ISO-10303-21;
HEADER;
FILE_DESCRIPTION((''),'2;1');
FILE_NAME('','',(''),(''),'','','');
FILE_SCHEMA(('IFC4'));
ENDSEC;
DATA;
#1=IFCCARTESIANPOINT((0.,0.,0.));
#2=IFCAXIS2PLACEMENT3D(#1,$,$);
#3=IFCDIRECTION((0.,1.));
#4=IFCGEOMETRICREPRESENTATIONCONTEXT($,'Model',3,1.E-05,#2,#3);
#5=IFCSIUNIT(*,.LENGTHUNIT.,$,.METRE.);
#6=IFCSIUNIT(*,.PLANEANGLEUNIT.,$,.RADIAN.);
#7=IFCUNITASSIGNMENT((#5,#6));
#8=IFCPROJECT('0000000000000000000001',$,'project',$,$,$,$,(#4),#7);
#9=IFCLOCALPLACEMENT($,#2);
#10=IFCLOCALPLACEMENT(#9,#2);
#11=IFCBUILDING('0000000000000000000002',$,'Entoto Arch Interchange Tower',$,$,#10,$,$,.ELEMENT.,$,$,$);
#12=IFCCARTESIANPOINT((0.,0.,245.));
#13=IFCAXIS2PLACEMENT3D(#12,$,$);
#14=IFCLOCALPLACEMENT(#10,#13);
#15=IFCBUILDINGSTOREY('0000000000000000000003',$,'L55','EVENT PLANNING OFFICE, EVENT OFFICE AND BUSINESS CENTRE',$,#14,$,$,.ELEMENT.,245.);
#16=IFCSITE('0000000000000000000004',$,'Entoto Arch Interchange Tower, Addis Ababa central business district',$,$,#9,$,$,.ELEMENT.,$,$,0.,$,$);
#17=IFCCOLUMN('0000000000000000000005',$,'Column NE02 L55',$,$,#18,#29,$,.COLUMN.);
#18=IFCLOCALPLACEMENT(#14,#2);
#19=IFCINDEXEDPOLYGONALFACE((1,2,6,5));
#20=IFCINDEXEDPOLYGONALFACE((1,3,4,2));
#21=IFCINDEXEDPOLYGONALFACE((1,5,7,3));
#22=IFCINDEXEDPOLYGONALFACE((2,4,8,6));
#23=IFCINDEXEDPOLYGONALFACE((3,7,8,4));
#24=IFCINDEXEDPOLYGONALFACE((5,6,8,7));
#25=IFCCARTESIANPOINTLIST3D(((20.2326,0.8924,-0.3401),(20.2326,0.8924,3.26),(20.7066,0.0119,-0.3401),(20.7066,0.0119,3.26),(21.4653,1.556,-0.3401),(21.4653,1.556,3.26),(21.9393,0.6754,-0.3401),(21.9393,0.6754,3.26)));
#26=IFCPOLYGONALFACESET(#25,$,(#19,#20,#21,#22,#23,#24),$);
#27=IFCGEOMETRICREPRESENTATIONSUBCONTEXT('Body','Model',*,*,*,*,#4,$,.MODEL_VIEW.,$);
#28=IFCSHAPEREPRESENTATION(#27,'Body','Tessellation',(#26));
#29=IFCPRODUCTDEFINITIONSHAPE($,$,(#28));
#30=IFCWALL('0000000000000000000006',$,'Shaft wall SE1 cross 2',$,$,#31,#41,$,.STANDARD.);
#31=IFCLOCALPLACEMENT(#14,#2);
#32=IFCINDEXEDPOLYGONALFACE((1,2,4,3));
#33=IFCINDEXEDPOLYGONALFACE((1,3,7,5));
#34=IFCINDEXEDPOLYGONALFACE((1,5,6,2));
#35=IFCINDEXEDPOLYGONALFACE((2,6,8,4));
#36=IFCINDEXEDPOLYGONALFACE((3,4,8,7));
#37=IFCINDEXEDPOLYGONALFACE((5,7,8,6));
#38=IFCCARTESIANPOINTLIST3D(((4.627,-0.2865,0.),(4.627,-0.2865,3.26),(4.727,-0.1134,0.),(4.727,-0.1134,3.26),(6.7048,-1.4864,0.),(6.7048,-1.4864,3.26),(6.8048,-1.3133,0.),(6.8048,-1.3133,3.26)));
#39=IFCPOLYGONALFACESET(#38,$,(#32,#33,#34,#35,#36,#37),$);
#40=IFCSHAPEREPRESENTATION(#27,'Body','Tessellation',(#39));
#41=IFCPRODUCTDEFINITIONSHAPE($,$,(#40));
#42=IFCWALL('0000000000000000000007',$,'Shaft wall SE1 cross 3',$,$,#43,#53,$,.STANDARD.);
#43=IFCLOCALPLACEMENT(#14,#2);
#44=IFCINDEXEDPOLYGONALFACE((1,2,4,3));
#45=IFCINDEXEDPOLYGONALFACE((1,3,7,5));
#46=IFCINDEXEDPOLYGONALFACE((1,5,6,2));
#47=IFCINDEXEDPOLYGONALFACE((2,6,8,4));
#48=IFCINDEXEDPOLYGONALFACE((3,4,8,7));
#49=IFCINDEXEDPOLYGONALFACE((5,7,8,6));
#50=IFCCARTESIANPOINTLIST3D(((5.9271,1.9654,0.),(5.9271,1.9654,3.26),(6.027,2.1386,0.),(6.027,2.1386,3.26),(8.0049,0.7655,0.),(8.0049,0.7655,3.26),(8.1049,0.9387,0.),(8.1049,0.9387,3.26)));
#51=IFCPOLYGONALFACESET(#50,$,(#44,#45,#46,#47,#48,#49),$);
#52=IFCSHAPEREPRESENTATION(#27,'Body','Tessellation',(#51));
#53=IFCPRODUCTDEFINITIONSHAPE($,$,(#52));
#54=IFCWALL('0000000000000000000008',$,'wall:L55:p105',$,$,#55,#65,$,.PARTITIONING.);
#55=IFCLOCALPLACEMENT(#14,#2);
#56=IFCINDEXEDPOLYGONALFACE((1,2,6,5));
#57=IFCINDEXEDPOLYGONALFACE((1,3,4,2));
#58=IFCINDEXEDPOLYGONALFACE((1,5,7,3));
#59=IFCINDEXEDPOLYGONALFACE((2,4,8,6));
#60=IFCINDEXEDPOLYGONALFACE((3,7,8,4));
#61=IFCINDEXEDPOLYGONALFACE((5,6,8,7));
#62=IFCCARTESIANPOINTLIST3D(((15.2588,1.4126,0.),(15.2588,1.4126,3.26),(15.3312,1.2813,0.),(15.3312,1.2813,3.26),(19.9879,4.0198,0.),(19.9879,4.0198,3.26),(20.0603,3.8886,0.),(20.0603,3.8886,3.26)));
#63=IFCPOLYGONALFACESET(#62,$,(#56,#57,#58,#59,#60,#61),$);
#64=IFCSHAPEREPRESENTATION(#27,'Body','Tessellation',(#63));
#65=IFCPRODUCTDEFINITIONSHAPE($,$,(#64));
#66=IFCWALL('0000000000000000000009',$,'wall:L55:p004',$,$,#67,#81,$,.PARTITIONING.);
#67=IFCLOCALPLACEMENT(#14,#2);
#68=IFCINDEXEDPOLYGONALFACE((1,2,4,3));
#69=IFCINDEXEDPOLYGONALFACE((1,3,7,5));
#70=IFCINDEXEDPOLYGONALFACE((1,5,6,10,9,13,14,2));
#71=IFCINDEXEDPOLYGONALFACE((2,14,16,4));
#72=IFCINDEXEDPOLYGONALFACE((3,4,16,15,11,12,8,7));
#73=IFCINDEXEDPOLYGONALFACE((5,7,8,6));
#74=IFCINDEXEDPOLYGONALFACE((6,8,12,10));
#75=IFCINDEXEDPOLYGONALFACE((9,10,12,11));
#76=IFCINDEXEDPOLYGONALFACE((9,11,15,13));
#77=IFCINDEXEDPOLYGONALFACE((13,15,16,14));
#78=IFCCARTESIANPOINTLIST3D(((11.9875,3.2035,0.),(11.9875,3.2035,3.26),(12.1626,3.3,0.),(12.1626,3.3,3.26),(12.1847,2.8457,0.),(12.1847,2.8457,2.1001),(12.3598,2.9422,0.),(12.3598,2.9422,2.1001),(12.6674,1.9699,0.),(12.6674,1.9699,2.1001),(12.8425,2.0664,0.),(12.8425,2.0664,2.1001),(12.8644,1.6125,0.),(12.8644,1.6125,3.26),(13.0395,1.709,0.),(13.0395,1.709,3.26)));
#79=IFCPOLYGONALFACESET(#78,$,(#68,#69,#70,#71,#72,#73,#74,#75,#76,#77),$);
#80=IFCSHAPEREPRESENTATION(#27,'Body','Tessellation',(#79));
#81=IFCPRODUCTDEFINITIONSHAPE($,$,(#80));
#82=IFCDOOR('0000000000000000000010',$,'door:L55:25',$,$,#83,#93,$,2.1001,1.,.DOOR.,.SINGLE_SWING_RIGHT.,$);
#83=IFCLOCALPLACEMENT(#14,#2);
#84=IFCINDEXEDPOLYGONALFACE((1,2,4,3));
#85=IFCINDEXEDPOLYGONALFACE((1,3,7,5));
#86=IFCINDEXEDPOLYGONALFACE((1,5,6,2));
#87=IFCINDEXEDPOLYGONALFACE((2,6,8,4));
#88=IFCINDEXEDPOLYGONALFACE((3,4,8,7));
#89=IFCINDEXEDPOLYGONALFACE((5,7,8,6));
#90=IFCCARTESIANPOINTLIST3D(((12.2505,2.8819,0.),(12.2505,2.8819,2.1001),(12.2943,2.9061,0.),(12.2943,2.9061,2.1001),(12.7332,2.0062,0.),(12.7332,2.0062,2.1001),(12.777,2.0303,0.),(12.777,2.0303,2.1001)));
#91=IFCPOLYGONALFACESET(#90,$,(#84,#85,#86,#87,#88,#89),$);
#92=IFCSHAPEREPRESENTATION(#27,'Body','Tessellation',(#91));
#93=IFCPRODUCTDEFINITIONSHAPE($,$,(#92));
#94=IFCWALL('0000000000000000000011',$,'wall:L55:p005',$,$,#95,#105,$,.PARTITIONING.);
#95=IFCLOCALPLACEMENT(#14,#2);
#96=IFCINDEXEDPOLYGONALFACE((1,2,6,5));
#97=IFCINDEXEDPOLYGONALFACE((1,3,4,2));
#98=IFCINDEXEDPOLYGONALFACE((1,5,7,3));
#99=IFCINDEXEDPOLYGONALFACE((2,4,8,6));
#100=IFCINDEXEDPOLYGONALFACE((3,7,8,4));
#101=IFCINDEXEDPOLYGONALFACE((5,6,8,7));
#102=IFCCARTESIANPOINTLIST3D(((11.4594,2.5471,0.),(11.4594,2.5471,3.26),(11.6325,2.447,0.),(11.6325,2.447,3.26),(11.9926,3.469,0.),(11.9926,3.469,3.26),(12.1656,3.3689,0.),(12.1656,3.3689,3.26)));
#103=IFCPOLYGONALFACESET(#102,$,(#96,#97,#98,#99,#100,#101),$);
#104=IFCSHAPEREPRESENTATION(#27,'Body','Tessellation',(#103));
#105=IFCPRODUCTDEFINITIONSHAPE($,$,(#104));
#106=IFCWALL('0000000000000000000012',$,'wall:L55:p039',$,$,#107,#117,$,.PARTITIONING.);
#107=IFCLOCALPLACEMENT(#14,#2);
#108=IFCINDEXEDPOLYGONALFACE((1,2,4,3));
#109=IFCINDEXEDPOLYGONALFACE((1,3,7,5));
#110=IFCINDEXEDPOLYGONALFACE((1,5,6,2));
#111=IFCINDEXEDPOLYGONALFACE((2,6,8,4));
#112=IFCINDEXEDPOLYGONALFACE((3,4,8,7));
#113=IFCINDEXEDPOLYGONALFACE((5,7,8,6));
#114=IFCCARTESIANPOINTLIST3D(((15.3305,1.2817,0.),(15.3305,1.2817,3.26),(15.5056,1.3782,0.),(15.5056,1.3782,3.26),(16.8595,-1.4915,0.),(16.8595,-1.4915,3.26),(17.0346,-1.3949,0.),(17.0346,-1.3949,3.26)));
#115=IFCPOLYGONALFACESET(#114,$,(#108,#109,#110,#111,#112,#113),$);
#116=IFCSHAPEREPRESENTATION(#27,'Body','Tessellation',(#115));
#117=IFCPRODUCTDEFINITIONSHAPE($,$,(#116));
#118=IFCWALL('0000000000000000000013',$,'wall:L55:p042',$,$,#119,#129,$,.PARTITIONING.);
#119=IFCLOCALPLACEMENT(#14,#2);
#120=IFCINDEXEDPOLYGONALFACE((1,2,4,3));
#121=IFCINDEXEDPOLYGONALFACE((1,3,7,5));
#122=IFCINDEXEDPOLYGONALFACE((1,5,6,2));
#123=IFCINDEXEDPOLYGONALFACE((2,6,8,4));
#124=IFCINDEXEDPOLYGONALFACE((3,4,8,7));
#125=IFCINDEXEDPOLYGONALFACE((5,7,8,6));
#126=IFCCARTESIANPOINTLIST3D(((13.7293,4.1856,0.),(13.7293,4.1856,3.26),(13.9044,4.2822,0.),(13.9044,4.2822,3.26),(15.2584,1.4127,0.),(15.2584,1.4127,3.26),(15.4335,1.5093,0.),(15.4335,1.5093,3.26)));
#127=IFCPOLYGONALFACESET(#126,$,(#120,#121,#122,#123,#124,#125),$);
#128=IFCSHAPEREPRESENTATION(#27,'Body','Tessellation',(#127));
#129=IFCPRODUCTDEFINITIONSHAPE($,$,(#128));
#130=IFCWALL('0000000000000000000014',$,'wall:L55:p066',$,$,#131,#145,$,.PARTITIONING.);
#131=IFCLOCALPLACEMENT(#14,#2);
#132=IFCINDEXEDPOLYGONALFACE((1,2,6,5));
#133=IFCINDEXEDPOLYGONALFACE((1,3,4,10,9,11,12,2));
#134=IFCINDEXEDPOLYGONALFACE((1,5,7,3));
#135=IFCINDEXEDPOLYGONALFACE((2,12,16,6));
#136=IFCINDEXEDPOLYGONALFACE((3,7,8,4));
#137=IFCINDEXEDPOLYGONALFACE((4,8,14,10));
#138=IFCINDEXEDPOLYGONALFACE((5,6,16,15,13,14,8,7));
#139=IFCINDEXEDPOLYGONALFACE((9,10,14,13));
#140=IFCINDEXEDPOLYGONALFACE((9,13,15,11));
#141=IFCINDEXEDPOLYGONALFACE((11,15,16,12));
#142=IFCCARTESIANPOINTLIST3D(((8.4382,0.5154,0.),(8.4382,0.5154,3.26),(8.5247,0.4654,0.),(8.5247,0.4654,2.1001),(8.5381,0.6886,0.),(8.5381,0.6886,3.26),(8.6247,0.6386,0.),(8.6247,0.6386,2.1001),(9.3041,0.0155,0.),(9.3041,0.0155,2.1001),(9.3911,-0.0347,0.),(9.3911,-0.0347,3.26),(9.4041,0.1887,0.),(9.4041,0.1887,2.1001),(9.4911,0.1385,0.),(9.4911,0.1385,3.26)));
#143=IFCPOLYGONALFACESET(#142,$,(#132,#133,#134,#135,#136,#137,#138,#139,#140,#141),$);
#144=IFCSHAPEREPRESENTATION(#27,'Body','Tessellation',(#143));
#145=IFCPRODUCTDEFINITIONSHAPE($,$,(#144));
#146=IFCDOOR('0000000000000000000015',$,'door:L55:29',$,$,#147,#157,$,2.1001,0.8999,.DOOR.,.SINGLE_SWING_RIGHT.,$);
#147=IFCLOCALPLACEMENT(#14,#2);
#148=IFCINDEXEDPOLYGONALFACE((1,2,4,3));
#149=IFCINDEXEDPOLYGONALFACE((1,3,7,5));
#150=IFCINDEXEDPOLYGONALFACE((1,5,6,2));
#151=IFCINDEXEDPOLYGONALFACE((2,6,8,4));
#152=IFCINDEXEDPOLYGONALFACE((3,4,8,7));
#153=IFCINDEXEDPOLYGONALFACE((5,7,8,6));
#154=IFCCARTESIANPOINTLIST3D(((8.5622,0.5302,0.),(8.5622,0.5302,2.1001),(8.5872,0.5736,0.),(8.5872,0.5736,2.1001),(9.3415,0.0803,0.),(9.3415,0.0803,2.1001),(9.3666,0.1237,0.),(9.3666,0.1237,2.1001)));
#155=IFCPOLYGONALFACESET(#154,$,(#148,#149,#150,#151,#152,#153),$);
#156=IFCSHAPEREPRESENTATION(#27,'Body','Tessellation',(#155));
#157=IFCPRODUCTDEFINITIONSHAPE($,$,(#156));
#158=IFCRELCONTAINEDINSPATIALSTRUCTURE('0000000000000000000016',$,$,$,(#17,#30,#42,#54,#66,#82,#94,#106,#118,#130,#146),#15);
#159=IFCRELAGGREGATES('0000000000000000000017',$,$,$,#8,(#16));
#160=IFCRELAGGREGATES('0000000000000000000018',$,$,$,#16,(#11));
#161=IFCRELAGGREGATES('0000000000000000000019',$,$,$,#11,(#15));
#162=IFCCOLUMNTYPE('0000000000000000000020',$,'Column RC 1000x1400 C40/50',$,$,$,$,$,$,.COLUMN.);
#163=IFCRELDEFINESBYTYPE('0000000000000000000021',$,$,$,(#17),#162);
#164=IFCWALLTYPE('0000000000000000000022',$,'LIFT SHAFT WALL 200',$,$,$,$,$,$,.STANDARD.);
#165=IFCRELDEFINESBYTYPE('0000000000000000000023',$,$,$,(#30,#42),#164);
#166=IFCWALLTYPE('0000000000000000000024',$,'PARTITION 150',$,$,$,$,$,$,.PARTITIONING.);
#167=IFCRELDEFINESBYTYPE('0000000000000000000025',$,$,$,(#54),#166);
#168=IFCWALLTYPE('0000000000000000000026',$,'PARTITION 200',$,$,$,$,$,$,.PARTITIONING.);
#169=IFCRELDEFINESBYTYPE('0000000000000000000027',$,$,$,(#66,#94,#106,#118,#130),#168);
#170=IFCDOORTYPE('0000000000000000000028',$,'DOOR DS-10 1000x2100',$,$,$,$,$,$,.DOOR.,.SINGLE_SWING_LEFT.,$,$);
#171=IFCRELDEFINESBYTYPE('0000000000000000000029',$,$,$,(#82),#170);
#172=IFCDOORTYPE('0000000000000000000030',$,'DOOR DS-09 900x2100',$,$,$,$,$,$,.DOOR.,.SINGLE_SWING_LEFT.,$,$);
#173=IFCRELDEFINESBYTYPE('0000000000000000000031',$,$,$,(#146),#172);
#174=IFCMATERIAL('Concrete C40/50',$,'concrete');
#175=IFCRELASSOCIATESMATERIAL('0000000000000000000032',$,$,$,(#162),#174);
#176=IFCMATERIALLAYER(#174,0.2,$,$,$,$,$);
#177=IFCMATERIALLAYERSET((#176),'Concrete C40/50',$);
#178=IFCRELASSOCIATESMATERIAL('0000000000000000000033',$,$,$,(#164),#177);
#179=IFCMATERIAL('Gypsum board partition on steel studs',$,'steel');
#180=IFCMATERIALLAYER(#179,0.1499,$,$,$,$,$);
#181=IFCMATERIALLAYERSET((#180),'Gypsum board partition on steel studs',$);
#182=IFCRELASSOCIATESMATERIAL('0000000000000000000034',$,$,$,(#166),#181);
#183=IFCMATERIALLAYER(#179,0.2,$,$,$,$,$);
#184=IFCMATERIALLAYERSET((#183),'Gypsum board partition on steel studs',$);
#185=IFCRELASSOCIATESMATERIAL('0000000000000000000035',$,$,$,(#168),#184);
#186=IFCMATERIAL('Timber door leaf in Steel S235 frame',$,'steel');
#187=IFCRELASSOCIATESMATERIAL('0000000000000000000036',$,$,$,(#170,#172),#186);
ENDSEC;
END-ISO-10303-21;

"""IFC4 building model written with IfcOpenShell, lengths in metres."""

from ifc_helpers import new_model, si_unit, direction, frame, frame_2d, origin, origin_2d, place, context, subcontext, project, spatial, rectangle, extrude, material, layer, layer_set, material_profile, profile_set, type_object, element, fill, save


model = new_model("IFC4")

# Units and contexts
model_context = context("Model", 3, precision=1e-05, world=origin(), true_north=direction((0.0, 1.0)))
body_context = subcontext(model_context, "Body", "Model", "MODEL_VIEW")
ifc_project = project(units=[si_unit("LENGTHUNIT", "METRE"), si_unit("PLANEANGLEUNIT", "RADIAN")], contexts=[model_context])

# Site, building, storey
site_placement = place(None, origin())
site = spatial("IfcSite", under=ifc_project, at=site_placement, Name="Entoto Arch Interchange Tower, Addis Ababa central business district", CompositionType="ELEMENT", RefElevation=0.0)
building_placement = place(site_placement, origin())
building = spatial("IfcBuilding", under=site, at=building_placement, Name="Entoto Arch Interchange Tower", CompositionType="ELEMENT")
storey_placement = place(building_placement, frame((0.0, 0.0, 245.0)))
storey = spatial("IfcBuildingStorey", under=building, at=storey_placement, Name="L55", Description="EVENT PLANNING OFFICE, EVENT OFFICE AND BUSINESS CENTRE", CompositionType="ELEMENT", Elevation=245.0)

# Column
ifc_material_1 = material(Name="Concrete C40/50", Category="concrete")
ifc_material_profile = material_profile(ifc_material_1, rectangle(XDim=1.0, YDim=1.3999, at=origin_2d()))
ifc_profile_set = profile_set([ifc_material_profile], Name="Concrete C40/50")
column_type = type_object("IfcColumnType", Name="Column RC 1000x1400 C40/50", PredefinedType="COLUMN", material=ifc_profile_set)
column_placement = place(storey_placement, frame((21.0859, 0.7839, -0.3401), z_axis=(0.0, 0.0, 1.0), x_axis=(-0.473981, 0.880535, 0.0)))
element("IfcColumn", 1, at=column_placement, inside=storey, type_object=column_type, Name="Column NE02 L55", PredefinedType="COLUMN", context=body_context, shape_type="SweptSolid", body=[
    extrude(rectangle(XDim=1.0, YDim=1.3999, at=origin_2d()), origin(), (0.0, 0.0, 1.0), 3.6001),
])

# Walls
ifc_layer_1 = layer(ifc_material_1, 0.2)
ifc_layer_set_1 = layer_set([ifc_layer_1], Name="Concrete C40/50")
wall_type_1 = type_object("IfcWallType", Name="LIFT SHAFT WALL 200", PredefinedType="STANDARD", material=ifc_layer_set_1)
for number, where, z_axis, x_axis, name in (
    (2, (4.677, -0.2, 0.0), (0.0, 0.0, 1.0), (0.865974, -0.500089, 0.0), "Shaft wall SE1 cross 2"),
    (3, (5.9771, 2.052, 0.0), (0.0, 0.0, 1.0), (0.865974, -0.500089, 0.0), "Shaft wall SE1 cross 3"),
):
    element("IfcWall", number, at=place(storey_placement, frame(where, z_axis=z_axis, x_axis=x_axis)), inside=storey, type_object=wall_type_1, Name=name, PredefinedType="STANDARD", context=body_context, shape_type="SweptSolid", body=[
        extrude(rectangle(XDim=2.3994, YDim=0.2, at=frame_2d((1.1997, 0.0))), origin(), (0.0, 0.0, 1.0), 3.26),
    ])
ifc_material_2 = material(Name="Gypsum board partition on steel studs", Category="steel")
ifc_layer_2 = layer(ifc_material_2, 0.1499)
ifc_layer_set_2 = layer_set([ifc_layer_2], Name="Gypsum board partition on steel studs")
wall_type_2 = type_object("IfcWallType", Name="PARTITION 150", PredefinedType="PARTITIONING", material=ifc_layer_set_2)
wall_1_placement = place(storey_placement, frame((15.2949, 1.3469, 0.0), z_axis=(0.0, 0.0, 1.0), x_axis=(0.875729, 0.482804, 0.0)))
element("IfcWall", 4, at=wall_1_placement, inside=storey, type_object=wall_type_2, Name="wall:L55:p105", PredefinedType="PARTITIONING", context=body_context, shape_type="SweptSolid", body=[
    extrude(rectangle(XDim=5.4001, YDim=0.1499, at=frame_2d((2.7002, 0.0))), origin(), (0.0, 0.0, 1.0), 3.26),
])

# Wall, opening, door
ifc_layer_3 = layer(ifc_material_2, 0.2)
ifc_layer_set_3 = layer_set([ifc_layer_3], Name="Gypsum board partition on steel studs")
wall_type_3 = type_object("IfcWallType", Name="PARTITION 200", PredefinedType="PARTITIONING", material=ifc_layer_set_3)
wall_2_placement = place(storey_placement, frame((12.9519, 1.6609, 0.0), z_axis=(0.0, 0.0, 1.0), x_axis=(-0.482708, 0.875781, 0.0)))
wall_2 = element("IfcWall", 5, at=wall_2_placement, inside=storey, type_object=wall_type_3, Name="wall:L55:p004", PredefinedType="PARTITIONING", context=body_context, shape_type="SweptSolid", body=[
    extrude(rectangle(XDim=1.8167, YDim=0.2, at=frame_2d((0.9082, 0.0))), origin(), (0.0, 0.0, 1.0), 3.26),
])
opening_1_placement = place(wall_2_placement, frame((0.408, 0.0, 0.0)))
opening_1 = element("IfcOpeningElement", 6, at=opening_1_placement, cuts=wall_2, PredefinedType="OPENING", context=body_context, shape_type="SweptSolid", body=[
    extrude(rectangle(XDim=1.0, YDim=2.1001, at=frame_2d((0.5, 1.05))), frame((0.0, 0.1099, 0.0), z_axis=(0.0, -1.0, 0.0), x_axis=(1.0, 0.0, 0.0)), (0.0, 0.0, 1.0), 0.22),
])
ifc_material_3 = material(Name="Timber door leaf in Steel S235 frame", Category="steel")
door_type_1 = type_object("IfcDoorType", Name="DOOR DS-10 1000x2100", OperationType="SINGLE_SWING_LEFT", PredefinedType="DOOR", material=ifc_material_3)
door_1_placement = place(opening_1_placement, origin())
door_1 = element("IfcDoor", 7, at=door_1_placement, inside=storey, type_object=door_type_1, Name="door:L55:25", OperationType="SINGLE_SWING_RIGHT", OverallHeight=2.1001, OverallWidth=1.0, PredefinedType="DOOR", context=body_context, shape_type="SweptSolid", body=[
    extrude(rectangle(XDim=1.0, YDim=2.1001, at=frame_2d((0.5, 1.05))), frame((0.0, 0.0249, 0.0), z_axis=(0.0, -1.0, 0.0), x_axis=(1.0, 0.0, 0.0)), (0.0, 0.0, 1.0), 0.05),
])
fill(opening_1, door_1)

# Walls
wall_3_placement = place(storey_placement, frame((12.0791, 3.4189, 0.0), z_axis=(0.0, 0.0, 1.0), x_axis=(-0.500675, -0.865635, 0.0)))
element("IfcWall", 8, at=wall_3_placement, inside=storey, type_object=wall_type_3, Name="wall:L55:p005", PredefinedType="PARTITIONING", context=body_context, shape_type="SweptSolid", body=[
    extrude(rectangle(XDim=1.0649, YDim=0.2, at=frame_2d((0.5325, 0.0))), origin(), (0.0, 0.0, 1.0), 3.26),
])
wall_4_placement = place(storey_placement, frame((15.418, 1.3301, 0.0), z_axis=(0.0, 0.0, 1.0), x_axis=(0.482839, -0.875709, 0.0)))
element("IfcWall", 9, at=wall_4_placement, inside=storey, type_object=wall_type_3, Name="wall:L55:p039", PredefinedType="PARTITIONING", context=body_context, shape_type="SweptSolid", body=[
    extrude(rectangle(XDim=3.1667, YDim=0.2, at=frame_2d((1.5835, 0.0))), origin(), (0.0, 0.0, 1.0), 3.26),
])
wall_5_placement = place(storey_placement, frame((13.8169, 4.2339, 0.0), z_axis=(0.0, 0.0, 1.0), x_axis=(0.482871, -0.875691, 0.0)))
element("IfcWall", 10, at=wall_5_placement, inside=storey, type_object=wall_type_3, Name="wall:L55:p042", PredefinedType="PARTITIONING", context=body_context, shape_type="SweptSolid", body=[
    extrude(rectangle(XDim=3.1665, YDim=0.2, at=frame_2d((1.5833, 0.0))), origin(), (0.0, 0.0, 1.0), 3.26),
])

# Wall, opening, door
wall_6_placement = place(storey_placement, frame((8.488, 0.6021, 0.0), z_axis=(0.0, 0.0, 1.0), x_axis=(0.866064, -0.499934, 0.0)))
wall_6 = element("IfcWall", 11, at=wall_6_placement, inside=storey, type_object=wall_type_3, Name="wall:L55:p066", PredefinedType="PARTITIONING", context=body_context, shape_type="SweptSolid", body=[
    extrude(rectangle(XDim=1.1003, YDim=0.2, at=frame_2d((0.5503, 0.0))), origin(), (0.0, 0.0, 1.0), 3.26),
])
opening_2_placement = place(wall_6_placement, frame((0.1001, 0.0, 0.0)))
opening_2 = element("IfcOpeningElement", 12, at=opening_2_placement, cuts=wall_6, PredefinedType="OPENING", context=body_context, shape_type="SweptSolid", body=[
    extrude(rectangle(XDim=0.8999, YDim=2.1001, at=frame_2d((0.45, 1.05))), frame((0.0, 0.1099, 0.0), z_axis=(0.0, -1.0, 0.0), x_axis=(1.0, 0.0, 0.0)), (0.0, 0.0, 1.0), 0.22),
])
door_type_2 = type_object("IfcDoorType", Name="DOOR DS-09 900x2100", OperationType="SINGLE_SWING_LEFT", PredefinedType="DOOR", material=ifc_material_3)
door_2_placement = place(opening_2_placement, origin())
door_2 = element("IfcDoor", 13, at=door_2_placement, inside=storey, type_object=door_type_2, Name="door:L55:29", OperationType="SINGLE_SWING_RIGHT", OverallHeight=2.1001, OverallWidth=0.8999, PredefinedType="DOOR", context=body_context, shape_type="SweptSolid", body=[
    extrude(rectangle(XDim=0.8999, YDim=2.1001, at=frame_2d((0.45, 1.05))), frame((0.0, 0.0249, 0.0), z_axis=(0.0, -1.0, 0.0), x_axis=(1.0, 0.0, 0.0)), (0.0, 0.0, 1.0), 0.05),
])
fill(opening_2, door_2)

save(model, "model.ifc")
